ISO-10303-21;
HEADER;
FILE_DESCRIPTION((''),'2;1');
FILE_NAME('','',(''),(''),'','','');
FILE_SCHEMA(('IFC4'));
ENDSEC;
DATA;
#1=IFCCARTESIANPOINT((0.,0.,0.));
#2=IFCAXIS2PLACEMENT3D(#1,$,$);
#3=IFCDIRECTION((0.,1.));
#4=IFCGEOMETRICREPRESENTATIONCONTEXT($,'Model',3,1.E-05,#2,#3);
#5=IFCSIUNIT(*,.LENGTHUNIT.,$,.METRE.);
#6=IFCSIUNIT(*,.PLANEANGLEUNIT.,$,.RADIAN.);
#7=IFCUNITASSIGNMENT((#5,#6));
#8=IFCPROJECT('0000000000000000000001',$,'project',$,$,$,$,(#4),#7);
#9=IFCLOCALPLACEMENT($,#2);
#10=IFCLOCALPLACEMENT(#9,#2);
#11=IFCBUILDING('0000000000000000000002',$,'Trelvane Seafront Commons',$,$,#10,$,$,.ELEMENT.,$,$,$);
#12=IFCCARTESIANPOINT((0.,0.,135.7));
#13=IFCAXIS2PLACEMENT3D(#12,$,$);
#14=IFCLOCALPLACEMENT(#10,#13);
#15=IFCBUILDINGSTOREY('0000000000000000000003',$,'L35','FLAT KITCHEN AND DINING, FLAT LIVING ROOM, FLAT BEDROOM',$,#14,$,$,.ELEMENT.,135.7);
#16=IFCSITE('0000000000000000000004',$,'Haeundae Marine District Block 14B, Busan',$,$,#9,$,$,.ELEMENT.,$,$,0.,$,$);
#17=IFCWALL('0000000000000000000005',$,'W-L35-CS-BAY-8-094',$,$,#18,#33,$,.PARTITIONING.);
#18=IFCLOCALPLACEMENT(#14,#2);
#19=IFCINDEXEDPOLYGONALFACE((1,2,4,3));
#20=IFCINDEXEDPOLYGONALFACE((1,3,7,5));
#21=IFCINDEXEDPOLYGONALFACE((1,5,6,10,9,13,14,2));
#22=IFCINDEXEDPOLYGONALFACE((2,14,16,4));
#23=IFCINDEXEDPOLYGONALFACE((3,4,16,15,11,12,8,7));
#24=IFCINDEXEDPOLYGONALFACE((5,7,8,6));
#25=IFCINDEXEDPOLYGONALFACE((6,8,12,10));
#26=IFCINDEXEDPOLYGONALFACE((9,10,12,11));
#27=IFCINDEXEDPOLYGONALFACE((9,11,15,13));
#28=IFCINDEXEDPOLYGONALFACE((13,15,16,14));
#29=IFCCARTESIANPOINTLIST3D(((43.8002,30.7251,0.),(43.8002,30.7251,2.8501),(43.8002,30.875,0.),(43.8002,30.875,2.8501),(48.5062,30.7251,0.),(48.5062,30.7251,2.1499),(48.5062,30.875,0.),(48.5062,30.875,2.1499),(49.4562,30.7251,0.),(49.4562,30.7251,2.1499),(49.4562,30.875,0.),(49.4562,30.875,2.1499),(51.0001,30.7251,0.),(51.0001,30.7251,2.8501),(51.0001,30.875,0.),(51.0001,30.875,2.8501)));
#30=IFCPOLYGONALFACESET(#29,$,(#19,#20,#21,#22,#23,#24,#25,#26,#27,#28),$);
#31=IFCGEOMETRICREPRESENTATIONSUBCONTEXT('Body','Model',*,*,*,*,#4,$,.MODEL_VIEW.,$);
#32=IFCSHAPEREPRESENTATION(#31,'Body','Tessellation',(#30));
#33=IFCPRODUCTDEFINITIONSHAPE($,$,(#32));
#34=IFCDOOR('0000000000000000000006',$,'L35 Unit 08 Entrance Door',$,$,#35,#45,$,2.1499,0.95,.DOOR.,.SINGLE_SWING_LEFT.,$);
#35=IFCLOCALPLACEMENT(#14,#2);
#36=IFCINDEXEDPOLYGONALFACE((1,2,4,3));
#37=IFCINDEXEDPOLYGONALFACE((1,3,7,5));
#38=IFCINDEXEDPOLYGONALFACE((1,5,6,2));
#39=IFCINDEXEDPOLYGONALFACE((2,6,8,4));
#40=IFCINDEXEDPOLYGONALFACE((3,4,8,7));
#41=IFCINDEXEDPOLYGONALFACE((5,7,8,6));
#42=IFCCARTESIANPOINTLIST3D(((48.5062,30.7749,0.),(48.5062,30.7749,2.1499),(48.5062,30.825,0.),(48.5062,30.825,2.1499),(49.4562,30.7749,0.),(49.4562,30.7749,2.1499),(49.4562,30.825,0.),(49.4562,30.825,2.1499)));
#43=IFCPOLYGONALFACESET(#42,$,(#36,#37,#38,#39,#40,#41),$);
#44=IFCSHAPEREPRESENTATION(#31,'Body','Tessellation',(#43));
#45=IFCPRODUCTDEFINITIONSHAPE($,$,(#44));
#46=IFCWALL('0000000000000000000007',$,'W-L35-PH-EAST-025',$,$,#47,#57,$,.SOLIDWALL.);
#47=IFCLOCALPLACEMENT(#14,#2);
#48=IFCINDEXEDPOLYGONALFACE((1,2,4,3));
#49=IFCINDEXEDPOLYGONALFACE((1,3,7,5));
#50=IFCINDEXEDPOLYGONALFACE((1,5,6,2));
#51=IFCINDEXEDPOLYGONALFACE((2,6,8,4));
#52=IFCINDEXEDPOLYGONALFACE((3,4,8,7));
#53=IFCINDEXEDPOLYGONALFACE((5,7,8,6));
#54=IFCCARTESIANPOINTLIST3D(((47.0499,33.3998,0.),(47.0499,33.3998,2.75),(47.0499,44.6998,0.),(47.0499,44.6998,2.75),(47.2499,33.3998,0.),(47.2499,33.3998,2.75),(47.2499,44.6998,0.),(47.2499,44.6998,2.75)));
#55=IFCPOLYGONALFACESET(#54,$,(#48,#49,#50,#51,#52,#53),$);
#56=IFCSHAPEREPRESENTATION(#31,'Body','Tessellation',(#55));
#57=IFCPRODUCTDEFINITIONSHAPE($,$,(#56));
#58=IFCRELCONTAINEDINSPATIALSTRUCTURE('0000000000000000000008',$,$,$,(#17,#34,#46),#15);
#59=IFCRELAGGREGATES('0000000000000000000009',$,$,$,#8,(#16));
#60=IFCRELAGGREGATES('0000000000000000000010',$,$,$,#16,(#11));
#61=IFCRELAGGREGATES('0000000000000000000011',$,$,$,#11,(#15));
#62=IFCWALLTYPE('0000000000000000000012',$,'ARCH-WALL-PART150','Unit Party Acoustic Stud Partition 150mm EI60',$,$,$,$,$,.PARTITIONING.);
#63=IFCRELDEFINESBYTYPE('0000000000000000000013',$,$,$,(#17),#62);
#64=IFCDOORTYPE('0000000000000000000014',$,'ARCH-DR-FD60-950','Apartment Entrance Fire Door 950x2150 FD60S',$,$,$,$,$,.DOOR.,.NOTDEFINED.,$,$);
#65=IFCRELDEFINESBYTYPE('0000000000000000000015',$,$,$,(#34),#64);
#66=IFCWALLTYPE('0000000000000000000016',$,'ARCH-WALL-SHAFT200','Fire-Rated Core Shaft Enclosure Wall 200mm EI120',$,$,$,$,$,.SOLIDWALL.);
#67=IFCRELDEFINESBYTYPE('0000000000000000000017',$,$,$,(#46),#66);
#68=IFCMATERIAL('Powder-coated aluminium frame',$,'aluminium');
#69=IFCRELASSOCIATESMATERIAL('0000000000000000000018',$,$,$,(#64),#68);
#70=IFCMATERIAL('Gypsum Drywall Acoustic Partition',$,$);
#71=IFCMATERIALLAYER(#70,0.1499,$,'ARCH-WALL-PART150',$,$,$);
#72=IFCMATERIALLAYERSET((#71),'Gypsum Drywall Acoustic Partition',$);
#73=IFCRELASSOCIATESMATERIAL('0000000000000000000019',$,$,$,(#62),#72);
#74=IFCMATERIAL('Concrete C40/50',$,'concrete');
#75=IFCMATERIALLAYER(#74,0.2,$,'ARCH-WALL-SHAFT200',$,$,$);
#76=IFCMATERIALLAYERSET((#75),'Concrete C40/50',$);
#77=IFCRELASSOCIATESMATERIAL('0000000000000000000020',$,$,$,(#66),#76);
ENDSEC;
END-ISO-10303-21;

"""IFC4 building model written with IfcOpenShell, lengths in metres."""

from ifc_helpers import new_model, si_unit, direction, frame, frame_2d, origin, place, context, subcontext, project, spatial, rectangle, extrude, source, transform, mapped, material, layer, layer_set, type_object, element, fill, save


model = new_model("IFC4")

# Units and contexts
model_context = context("Model", 3, precision=1e-05, world=origin(), true_north=direction((0.0, 1.0)))
body_context = subcontext(model_context, "Body", "Model", "MODEL_VIEW")
ifc_project = project(units=[si_unit("LENGTHUNIT", "METRE"), si_unit("PLANEANGLEUNIT", "RADIAN")], contexts=[model_context])

# Site, building, storey
site_placement = place(None, origin())
site = spatial("IfcSite", under=ifc_project, at=site_placement, Name="Haeundae Marine District Block 14B, Busan", CompositionType="ELEMENT", RefElevation=0.0)
building_placement = place(site_placement, origin())
building = spatial("IfcBuilding", under=site, at=building_placement, Name="Trelvane Seafront Commons", CompositionType="ELEMENT")
storey_placement = place(building_placement, frame((0.0, 0.0, 135.7)))
storey = spatial("IfcBuildingStorey", under=building, at=storey_placement, Name="L35", Description="FLAT KITCHEN AND DINING, FLAT LIVING ROOM, FLAT BEDROOM", CompositionType="ELEMENT", Elevation=135.7)

# Shared definitions
ifc_material_1 = material(Name="Concrete C40/50", Category="concrete")
ifc_material_2 = material(Name="Powder-coated aluminium frame", Category="aluminium")
door_type_1 = type_object("IfcDoorType", Name="ARCH-DR-FD60-950", Description="Apartment Entrance Fire Door 950x2150 FD60S", OperationType="NOTDEFINED", PredefinedType="DOOR", material=ifc_material_2)
shared_shape_1 = source(origin(), body_context, "Body", "SweptSolid", [
    extrude(rectangle(XDim=0.95, YDim=2.1499, at=frame_2d((0.4751, 1.075))), frame((0.0, 0.0249, 0.0), z_axis=(0.0, -1.0, 0.0), x_axis=(1.0, 0.0, 0.0)), (0.0, 0.0, 1.0), 0.05),
])
ifc_material_3 = material(Name="Gypsum Drywall Acoustic Partition")

# Wall, opening, door
ifc_layer_1 = layer(ifc_material_3, 0.1499, Name="ARCH-WALL-PART150")
ifc_layer_set_1 = layer_set([ifc_layer_1], Name="Gypsum Drywall Acoustic Partition")
wall_type_1 = type_object("IfcWallType", Name="ARCH-WALL-PART150", Description="Unit Party Acoustic Stud Partition 150mm EI60", PredefinedType="PARTITIONING", material=ifc_layer_set_1)
wall_1_placement = place(storey_placement, frame((43.8, 30.8, 0.0), z_axis=(0.0, 0.0, 1.0), x_axis=(1.0, 0.0, 0.0)))
wall_1 = element("IfcWall", 1, at=wall_1_placement, inside=storey, type_object=wall_type_1, Name="W-L35-CS-BAY-8-094", PredefinedType="PARTITIONING", context=body_context, shape_type="SweptSolid", body=[
    extrude(rectangle(XDim=7.2, YDim=0.1499, at=frame_2d((3.6001, 0.0))), origin(), (0.0, 0.0, 1.0), 2.8501),
])
opening_1_placement = place(wall_1_placement, frame((4.7061, 0.0, 0.0)))
opening_1 = element("IfcOpeningElement", 2, at=opening_1_placement, cuts=wall_1, PredefinedType="OPENING", context=body_context, shape_type="SweptSolid", body=[
    extrude(rectangle(XDim=0.95, YDim=2.1499, at=frame_2d((0.4751, 1.075))), frame((0.0, 0.085, 0.0), z_axis=(0.0, -1.0, 0.0), x_axis=(1.0, 0.0, 0.0)), (0.0, 0.0, 1.0), 0.1699),
])
door_1_placement = place(opening_1_placement, origin())
door_1 = element("IfcDoor", 3, at=door_1_placement, inside=storey, type_object=door_type_1, Name="L35 Unit 08 Entrance Door", OperationType="SINGLE_SWING_LEFT", OverallHeight=2.1499, OverallWidth=0.95, PredefinedType="DOOR", context=body_context, shape_type="MappedRepresentation", body=[
    mapped(shared_shape_1, transform((0.0, 0.0, 0.0), x_axis=(1.0, 0.0, 0.0), y_axis=(0.0, 1.0, 0.0), z_axis=(0.0, 0.0, 1.0), scale=1.0)),
])
fill(opening_1, door_1)

# Wall
ifc_layer_2 = layer(ifc_material_1, 0.2, Name="ARCH-WALL-SHAFT200")
ifc_layer_set_2 = layer_set([ifc_layer_2], Name="Concrete C40/50")
wall_type_2 = type_object("IfcWallType", Name="ARCH-WALL-SHAFT200", Description="Fire-Rated Core Shaft Enclosure Wall 200mm EI120", PredefinedType="SOLIDWALL", material=ifc_layer_set_2)
wall_2_placement = place(storey_placement, frame((47.1499, 33.3999, 0.0), z_axis=(0.0, 0.0, 1.0), x_axis=(0.0, 1.0, 0.0)))
element("IfcWall", 4, at=wall_2_placement, inside=storey, type_object=wall_type_2, Name="W-L35-PH-EAST-025", PredefinedType="SOLIDWALL", context=body_context, shape_type="SweptSolid", body=[
    extrude(rectangle(XDim=11.3, YDim=0.2, at=frame_2d((5.6499, 0.0))), origin(), (0.0, 0.0, 1.0), 2.75),
])

save(model, "model.ifc")
